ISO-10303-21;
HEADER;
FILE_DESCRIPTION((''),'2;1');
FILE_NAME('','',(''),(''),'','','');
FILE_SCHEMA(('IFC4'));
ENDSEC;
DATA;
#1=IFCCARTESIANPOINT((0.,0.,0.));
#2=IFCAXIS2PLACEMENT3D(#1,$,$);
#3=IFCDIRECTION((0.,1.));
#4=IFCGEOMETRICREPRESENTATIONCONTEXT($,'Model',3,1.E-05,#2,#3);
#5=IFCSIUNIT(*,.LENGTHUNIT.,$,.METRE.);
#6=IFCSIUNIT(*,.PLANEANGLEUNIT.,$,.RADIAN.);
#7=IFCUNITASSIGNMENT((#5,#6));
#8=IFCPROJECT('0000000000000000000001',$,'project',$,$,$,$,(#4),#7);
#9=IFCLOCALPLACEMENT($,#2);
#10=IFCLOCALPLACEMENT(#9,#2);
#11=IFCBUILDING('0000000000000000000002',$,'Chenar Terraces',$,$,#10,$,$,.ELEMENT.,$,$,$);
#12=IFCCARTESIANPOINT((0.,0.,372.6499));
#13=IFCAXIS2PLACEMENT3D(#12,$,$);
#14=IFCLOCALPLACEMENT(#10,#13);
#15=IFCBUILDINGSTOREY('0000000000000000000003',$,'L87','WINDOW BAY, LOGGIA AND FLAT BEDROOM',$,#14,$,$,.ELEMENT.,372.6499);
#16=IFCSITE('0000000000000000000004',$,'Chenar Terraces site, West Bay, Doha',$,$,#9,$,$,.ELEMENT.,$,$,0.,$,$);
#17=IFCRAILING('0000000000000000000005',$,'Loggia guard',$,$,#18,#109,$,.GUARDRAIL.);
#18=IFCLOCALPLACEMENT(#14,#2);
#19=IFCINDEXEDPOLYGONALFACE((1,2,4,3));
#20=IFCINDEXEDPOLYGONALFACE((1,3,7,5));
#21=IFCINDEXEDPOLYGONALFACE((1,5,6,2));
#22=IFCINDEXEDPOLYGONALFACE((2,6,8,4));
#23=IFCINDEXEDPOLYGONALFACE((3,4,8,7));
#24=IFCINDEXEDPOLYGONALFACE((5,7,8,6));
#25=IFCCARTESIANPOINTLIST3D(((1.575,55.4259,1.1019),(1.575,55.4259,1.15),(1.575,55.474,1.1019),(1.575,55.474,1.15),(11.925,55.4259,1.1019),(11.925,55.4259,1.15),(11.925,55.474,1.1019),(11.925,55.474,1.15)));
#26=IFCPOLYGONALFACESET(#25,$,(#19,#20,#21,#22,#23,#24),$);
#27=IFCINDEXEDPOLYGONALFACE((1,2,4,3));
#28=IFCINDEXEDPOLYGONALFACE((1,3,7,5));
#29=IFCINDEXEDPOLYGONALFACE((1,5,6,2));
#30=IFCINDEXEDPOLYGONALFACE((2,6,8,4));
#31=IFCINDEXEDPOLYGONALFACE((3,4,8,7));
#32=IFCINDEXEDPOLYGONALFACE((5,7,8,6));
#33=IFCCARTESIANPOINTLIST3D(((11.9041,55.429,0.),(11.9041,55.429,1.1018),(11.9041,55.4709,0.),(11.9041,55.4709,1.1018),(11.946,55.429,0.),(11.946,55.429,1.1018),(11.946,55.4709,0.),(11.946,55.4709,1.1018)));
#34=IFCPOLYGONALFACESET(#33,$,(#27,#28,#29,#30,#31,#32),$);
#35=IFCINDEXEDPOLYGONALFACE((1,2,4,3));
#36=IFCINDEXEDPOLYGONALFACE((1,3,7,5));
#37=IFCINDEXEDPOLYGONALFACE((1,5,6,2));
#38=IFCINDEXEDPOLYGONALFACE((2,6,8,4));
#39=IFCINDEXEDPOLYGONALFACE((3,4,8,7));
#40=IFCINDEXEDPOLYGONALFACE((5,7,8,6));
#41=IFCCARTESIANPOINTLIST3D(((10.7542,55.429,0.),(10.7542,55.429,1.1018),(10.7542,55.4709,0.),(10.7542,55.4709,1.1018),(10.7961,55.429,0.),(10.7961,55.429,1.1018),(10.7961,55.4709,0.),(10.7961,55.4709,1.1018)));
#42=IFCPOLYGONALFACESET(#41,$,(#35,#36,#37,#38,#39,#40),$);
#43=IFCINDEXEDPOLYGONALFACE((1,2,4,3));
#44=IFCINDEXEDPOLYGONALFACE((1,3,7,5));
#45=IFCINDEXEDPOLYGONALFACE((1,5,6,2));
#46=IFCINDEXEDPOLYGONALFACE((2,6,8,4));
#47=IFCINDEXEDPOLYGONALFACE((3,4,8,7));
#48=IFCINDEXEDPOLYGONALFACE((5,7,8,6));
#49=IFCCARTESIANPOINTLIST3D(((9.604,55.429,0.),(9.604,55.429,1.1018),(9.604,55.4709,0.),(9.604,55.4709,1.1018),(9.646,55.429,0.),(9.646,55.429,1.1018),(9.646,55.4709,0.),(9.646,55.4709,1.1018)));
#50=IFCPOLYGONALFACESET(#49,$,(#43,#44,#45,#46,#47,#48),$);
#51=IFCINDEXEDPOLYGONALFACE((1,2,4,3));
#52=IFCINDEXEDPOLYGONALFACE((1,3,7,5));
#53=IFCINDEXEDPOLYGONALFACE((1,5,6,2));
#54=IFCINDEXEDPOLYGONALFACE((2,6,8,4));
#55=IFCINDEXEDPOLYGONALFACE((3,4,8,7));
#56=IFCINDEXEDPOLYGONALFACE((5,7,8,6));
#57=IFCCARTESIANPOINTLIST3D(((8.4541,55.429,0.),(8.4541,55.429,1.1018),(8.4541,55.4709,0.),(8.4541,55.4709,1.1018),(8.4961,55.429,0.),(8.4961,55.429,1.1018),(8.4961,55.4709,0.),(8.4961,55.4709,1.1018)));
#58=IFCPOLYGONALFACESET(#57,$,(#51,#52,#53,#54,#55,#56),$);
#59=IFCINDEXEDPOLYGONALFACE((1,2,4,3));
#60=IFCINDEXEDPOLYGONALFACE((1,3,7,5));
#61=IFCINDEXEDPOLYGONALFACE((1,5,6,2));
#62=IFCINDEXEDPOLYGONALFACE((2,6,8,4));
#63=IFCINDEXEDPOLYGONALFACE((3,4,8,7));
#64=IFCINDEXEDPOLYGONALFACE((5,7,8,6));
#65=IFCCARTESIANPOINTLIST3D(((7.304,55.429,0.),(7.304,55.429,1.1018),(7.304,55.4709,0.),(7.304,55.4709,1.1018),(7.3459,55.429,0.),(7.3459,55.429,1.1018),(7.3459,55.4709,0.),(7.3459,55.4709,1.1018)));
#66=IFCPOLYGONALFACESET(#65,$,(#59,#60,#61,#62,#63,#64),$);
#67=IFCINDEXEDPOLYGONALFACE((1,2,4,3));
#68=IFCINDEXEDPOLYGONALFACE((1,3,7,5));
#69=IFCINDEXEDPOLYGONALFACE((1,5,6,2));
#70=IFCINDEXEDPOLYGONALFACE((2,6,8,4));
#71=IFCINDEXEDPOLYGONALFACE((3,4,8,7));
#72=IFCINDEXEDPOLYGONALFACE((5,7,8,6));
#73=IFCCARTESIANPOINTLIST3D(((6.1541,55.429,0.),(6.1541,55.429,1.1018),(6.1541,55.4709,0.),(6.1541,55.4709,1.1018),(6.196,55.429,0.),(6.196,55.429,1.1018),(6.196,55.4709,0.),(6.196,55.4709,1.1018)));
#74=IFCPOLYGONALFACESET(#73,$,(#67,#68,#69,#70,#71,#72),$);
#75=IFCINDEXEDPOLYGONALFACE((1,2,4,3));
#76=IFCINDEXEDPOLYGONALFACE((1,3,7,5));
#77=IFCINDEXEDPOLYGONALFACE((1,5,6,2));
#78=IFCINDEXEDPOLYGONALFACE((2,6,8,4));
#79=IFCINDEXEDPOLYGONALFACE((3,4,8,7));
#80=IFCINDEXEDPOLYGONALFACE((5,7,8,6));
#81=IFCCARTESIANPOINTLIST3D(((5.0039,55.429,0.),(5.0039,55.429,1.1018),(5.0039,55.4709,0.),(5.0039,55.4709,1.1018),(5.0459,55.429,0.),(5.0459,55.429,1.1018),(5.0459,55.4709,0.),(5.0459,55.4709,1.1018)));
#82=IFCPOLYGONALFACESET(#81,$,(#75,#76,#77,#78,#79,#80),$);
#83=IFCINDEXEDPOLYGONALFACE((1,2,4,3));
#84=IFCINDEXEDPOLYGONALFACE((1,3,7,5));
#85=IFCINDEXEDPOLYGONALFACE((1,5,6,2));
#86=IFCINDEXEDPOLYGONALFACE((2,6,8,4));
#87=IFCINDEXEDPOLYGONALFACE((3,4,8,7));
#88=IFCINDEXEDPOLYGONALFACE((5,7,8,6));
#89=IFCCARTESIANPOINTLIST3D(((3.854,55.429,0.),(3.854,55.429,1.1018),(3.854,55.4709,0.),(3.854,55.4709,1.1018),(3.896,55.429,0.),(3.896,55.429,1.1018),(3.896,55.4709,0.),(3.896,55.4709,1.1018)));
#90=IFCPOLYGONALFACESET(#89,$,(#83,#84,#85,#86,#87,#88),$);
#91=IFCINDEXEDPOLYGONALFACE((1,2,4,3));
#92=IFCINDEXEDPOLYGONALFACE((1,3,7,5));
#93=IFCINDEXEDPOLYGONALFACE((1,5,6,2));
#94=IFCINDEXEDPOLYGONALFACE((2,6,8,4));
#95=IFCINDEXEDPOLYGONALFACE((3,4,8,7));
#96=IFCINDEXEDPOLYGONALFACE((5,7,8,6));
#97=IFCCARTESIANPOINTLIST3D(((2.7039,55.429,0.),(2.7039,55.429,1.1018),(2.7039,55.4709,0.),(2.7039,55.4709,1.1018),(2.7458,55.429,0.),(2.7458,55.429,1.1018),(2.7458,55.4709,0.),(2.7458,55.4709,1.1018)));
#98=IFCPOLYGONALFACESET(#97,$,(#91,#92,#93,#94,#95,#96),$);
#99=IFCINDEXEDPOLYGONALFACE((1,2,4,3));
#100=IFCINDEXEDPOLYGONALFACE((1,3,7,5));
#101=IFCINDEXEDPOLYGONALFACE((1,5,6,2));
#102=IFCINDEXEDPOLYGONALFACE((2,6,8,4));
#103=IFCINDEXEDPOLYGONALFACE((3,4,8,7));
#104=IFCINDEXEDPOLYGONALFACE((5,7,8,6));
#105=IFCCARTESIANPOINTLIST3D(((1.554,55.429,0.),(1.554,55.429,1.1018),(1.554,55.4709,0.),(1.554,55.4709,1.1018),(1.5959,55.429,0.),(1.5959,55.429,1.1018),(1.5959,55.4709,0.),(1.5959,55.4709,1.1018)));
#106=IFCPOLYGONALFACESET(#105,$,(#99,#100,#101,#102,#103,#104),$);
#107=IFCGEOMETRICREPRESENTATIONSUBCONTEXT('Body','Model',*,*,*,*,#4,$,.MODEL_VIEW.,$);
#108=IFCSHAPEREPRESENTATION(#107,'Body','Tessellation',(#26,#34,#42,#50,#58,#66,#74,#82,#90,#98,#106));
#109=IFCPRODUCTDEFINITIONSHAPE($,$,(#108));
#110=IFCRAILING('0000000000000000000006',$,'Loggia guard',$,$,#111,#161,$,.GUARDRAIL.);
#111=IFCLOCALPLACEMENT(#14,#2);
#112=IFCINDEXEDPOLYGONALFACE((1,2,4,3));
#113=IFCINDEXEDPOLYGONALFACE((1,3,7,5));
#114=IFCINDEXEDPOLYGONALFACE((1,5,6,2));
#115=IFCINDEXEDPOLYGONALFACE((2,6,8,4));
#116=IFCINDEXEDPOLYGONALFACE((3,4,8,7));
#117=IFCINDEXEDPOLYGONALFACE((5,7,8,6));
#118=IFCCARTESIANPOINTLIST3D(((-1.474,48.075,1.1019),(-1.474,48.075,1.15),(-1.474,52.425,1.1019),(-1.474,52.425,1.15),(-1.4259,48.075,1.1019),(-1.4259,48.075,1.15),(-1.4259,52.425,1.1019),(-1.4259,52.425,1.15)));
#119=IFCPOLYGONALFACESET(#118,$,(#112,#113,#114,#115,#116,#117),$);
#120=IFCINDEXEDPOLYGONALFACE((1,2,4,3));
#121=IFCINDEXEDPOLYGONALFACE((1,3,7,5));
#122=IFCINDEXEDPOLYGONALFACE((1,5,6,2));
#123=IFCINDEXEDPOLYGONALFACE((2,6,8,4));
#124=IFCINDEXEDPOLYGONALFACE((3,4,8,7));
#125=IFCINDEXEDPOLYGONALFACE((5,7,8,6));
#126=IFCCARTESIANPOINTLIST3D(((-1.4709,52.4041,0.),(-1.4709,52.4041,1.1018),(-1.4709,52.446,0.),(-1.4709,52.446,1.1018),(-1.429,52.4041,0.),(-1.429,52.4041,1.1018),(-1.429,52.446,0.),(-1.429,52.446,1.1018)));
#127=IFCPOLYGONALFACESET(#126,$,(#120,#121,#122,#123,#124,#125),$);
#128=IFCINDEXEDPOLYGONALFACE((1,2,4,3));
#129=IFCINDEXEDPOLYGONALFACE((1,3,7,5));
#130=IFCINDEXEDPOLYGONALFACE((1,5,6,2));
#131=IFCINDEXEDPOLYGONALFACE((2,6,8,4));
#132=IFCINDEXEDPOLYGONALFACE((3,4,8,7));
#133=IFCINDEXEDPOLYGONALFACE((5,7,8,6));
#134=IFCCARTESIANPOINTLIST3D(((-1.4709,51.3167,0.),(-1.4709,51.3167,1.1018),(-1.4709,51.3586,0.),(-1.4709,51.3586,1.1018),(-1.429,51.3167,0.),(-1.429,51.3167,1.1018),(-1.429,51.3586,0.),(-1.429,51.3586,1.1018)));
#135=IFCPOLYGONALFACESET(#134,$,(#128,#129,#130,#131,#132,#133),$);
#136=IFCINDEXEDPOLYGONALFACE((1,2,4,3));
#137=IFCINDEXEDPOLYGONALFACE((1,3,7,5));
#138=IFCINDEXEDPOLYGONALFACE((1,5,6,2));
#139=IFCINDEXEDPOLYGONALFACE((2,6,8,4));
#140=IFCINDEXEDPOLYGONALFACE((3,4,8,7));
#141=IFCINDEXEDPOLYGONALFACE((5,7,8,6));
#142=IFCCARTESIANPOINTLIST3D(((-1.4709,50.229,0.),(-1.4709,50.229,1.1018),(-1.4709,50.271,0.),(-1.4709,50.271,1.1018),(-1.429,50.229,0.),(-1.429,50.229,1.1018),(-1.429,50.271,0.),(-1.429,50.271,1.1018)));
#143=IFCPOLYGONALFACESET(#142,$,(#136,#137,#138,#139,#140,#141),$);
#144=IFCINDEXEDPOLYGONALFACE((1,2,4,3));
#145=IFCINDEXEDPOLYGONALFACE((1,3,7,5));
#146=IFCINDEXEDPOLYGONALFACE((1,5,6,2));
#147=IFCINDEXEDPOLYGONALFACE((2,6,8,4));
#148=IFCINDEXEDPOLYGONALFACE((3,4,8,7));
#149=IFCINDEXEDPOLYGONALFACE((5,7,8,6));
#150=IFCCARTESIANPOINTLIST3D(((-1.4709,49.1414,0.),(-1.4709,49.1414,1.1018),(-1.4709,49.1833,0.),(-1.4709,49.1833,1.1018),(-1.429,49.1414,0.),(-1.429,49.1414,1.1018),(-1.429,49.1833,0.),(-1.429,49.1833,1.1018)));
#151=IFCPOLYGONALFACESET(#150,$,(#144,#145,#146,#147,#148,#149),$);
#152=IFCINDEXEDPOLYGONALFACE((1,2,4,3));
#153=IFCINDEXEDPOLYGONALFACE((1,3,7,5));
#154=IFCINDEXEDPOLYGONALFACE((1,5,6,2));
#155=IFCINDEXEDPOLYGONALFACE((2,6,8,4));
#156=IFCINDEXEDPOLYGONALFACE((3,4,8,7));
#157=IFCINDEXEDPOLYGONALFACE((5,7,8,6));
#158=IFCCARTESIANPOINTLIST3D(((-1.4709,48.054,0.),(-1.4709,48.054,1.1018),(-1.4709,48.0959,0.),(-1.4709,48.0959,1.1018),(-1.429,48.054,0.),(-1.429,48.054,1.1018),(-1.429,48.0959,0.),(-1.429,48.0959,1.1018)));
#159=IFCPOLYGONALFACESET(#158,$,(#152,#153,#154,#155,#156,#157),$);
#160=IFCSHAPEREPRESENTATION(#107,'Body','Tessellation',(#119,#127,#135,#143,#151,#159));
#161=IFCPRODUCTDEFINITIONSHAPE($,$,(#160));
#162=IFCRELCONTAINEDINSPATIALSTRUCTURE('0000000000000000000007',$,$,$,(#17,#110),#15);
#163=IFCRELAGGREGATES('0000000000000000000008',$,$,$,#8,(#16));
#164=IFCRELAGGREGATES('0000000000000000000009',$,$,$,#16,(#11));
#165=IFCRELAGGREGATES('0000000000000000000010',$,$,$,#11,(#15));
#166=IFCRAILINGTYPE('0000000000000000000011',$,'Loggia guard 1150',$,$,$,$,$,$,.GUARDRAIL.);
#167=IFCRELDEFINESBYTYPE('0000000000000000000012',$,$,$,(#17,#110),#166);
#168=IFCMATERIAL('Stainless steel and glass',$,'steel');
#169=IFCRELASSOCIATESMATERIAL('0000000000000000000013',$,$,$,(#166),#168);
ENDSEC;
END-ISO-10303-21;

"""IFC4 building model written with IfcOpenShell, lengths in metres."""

from ifc_helpers import new_model, si_unit, direction, frame, origin, origin_2d, place, context, subcontext, project, spatial, rectangle, extrude, material, type_object, element, save


model = new_model("IFC4")

# Units and contexts
model_context = context("Model", 3, precision=1e-05, world=origin(), true_north=direction((0.0, 1.0)))
body_context = subcontext(model_context, "Body", "Model", "MODEL_VIEW")
ifc_project = project(units=[si_unit("LENGTHUNIT", "METRE"), si_unit("PLANEANGLEUNIT", "RADIAN")], contexts=[model_context])

# Site, building, storey
site_placement = place(None, origin())
site = spatial("IfcSite", under=ifc_project, at=site_placement, Name="Chenar Terraces site, West Bay, Doha", CompositionType="ELEMENT", RefElevation=0.0)
building_placement = place(site_placement, origin())
building = spatial("IfcBuilding", under=site, at=building_placement, Name="Chenar Terraces", CompositionType="ELEMENT")
storey_placement = place(building_placement, frame((0.0, 0.0, 372.6499)))
storey = spatial("IfcBuildingStorey", under=building, at=storey_placement, Name="L87", Description="WINDOW BAY, LOGGIA AND FLAT BEDROOM", CompositionType="ELEMENT", Elevation=372.6499)

# Railings
ifc_material_1 = material(Name="Stainless steel and glass", Category="steel")
railing_type = type_object("IfcRailingType", Name="Loggia guard 1150", PredefinedType="GUARDRAIL", material=ifc_material_1)
railing_1_placement = place(storey_placement, frame((11.925, 55.45, 0.0)))
element("IfcRailing", 1, at=railing_1_placement, inside=storey, type_object=railing_type, Name="Loggia guard", PredefinedType="GUARDRAIL", context=body_context, shape_type="SweptSolid", body=[
    extrude(rectangle(XDim=0.0481, YDim=0.0481, at=origin_2d()), frame((0.0, 0.0, 1.126), z_axis=(-1.0, 0.0, 0.0), x_axis=(0.0, -1.0, 0.0)), (0.0, 0.0, 1.0), 10.3501),
    extrude(rectangle(XDim=0.042, YDim=0.042, at=origin_2d()), origin(), (0.0, 0.0, 1.0), 1.1018),
    extrude(rectangle(XDim=0.042, YDim=0.042, at=origin_2d()), frame((-1.1499, 0.0, 0.0)), (0.0, 0.0, 1.0), 1.1018),
    extrude(rectangle(XDim=0.042, YDim=0.042, at=origin_2d()), frame((-2.3, 0.0, 0.0)), (0.0, 0.0, 1.0), 1.1018),
    extrude(rectangle(XDim=0.042, YDim=0.042, at=origin_2d()), frame((-3.45, 0.0, 0.0)), (0.0, 0.0, 1.0), 1.1018),
    extrude(rectangle(XDim=0.042, YDim=0.042, at=origin_2d()), frame((-4.6001, 0.0, 0.0)), (0.0, 0.0, 1.0), 1.1018),
    extrude(rectangle(XDim=0.042, YDim=0.042, at=origin_2d()), frame((-5.75, 0.0, 0.0)), (0.0, 0.0, 1.0), 1.1018),
    extrude(rectangle(XDim=0.042, YDim=0.042, at=origin_2d()), frame((-6.9001, 0.0, 0.0)), (0.0, 0.0, 1.0), 1.1018),
    extrude(rectangle(XDim=0.042, YDim=0.042, at=origin_2d()), frame((-8.05, 0.0, 0.0)), (0.0, 0.0, 1.0), 1.1018),
    extrude(rectangle(XDim=0.042, YDim=0.042, at=origin_2d()), frame((-9.2002, 0.0, 0.0)), (0.0, 0.0, 1.0), 1.1018),
    extrude(rectangle(XDim=0.042, YDim=0.042, at=origin_2d()), frame((-10.3501, 0.0, 0.0)), (0.0, 0.0, 1.0), 1.1018),
])
railing_2_placement = place(storey_placement, frame((-1.45, 52.425, 0.0)))
element("IfcRailing", 2, at=railing_2_placement, inside=storey, type_object=railing_type, Name="Loggia guard", PredefinedType="GUARDRAIL", context=body_context, shape_type="SweptSolid", body=[
    extrude(rectangle(XDim=0.0481, YDim=0.0481, at=origin_2d()), frame((0.0, 0.0, 1.126), z_axis=(0.0, -1.0, 0.0), x_axis=(1.0, 0.0, 0.0)), (0.0, 0.0, 1.0), 4.3501),
    extrude(rectangle(XDim=0.042, YDim=0.042, at=origin_2d()), origin(), (0.0, 0.0, 1.0), 1.1018),
    extrude(rectangle(XDim=0.042, YDim=0.042, at=origin_2d()), frame((0.0, -1.0874, 0.0)), (0.0, 0.0, 1.0), 1.1018),
    extrude(rectangle(XDim=0.042, YDim=0.042, at=origin_2d()), frame((0.0, -2.175, 0.0)), (0.0, 0.0, 1.0), 1.1018),
    extrude(rectangle(XDim=0.042, YDim=0.042, at=origin_2d()), frame((0.0, -3.2627, 0.0)), (0.0, 0.0, 1.0), 1.1018),
    extrude(rectangle(XDim=0.042, YDim=0.042, at=origin_2d()), frame((0.0, -4.3501, 0.0)), (0.0, 0.0, 1.0), 1.1018),
])

save(model, "model.ifc")
